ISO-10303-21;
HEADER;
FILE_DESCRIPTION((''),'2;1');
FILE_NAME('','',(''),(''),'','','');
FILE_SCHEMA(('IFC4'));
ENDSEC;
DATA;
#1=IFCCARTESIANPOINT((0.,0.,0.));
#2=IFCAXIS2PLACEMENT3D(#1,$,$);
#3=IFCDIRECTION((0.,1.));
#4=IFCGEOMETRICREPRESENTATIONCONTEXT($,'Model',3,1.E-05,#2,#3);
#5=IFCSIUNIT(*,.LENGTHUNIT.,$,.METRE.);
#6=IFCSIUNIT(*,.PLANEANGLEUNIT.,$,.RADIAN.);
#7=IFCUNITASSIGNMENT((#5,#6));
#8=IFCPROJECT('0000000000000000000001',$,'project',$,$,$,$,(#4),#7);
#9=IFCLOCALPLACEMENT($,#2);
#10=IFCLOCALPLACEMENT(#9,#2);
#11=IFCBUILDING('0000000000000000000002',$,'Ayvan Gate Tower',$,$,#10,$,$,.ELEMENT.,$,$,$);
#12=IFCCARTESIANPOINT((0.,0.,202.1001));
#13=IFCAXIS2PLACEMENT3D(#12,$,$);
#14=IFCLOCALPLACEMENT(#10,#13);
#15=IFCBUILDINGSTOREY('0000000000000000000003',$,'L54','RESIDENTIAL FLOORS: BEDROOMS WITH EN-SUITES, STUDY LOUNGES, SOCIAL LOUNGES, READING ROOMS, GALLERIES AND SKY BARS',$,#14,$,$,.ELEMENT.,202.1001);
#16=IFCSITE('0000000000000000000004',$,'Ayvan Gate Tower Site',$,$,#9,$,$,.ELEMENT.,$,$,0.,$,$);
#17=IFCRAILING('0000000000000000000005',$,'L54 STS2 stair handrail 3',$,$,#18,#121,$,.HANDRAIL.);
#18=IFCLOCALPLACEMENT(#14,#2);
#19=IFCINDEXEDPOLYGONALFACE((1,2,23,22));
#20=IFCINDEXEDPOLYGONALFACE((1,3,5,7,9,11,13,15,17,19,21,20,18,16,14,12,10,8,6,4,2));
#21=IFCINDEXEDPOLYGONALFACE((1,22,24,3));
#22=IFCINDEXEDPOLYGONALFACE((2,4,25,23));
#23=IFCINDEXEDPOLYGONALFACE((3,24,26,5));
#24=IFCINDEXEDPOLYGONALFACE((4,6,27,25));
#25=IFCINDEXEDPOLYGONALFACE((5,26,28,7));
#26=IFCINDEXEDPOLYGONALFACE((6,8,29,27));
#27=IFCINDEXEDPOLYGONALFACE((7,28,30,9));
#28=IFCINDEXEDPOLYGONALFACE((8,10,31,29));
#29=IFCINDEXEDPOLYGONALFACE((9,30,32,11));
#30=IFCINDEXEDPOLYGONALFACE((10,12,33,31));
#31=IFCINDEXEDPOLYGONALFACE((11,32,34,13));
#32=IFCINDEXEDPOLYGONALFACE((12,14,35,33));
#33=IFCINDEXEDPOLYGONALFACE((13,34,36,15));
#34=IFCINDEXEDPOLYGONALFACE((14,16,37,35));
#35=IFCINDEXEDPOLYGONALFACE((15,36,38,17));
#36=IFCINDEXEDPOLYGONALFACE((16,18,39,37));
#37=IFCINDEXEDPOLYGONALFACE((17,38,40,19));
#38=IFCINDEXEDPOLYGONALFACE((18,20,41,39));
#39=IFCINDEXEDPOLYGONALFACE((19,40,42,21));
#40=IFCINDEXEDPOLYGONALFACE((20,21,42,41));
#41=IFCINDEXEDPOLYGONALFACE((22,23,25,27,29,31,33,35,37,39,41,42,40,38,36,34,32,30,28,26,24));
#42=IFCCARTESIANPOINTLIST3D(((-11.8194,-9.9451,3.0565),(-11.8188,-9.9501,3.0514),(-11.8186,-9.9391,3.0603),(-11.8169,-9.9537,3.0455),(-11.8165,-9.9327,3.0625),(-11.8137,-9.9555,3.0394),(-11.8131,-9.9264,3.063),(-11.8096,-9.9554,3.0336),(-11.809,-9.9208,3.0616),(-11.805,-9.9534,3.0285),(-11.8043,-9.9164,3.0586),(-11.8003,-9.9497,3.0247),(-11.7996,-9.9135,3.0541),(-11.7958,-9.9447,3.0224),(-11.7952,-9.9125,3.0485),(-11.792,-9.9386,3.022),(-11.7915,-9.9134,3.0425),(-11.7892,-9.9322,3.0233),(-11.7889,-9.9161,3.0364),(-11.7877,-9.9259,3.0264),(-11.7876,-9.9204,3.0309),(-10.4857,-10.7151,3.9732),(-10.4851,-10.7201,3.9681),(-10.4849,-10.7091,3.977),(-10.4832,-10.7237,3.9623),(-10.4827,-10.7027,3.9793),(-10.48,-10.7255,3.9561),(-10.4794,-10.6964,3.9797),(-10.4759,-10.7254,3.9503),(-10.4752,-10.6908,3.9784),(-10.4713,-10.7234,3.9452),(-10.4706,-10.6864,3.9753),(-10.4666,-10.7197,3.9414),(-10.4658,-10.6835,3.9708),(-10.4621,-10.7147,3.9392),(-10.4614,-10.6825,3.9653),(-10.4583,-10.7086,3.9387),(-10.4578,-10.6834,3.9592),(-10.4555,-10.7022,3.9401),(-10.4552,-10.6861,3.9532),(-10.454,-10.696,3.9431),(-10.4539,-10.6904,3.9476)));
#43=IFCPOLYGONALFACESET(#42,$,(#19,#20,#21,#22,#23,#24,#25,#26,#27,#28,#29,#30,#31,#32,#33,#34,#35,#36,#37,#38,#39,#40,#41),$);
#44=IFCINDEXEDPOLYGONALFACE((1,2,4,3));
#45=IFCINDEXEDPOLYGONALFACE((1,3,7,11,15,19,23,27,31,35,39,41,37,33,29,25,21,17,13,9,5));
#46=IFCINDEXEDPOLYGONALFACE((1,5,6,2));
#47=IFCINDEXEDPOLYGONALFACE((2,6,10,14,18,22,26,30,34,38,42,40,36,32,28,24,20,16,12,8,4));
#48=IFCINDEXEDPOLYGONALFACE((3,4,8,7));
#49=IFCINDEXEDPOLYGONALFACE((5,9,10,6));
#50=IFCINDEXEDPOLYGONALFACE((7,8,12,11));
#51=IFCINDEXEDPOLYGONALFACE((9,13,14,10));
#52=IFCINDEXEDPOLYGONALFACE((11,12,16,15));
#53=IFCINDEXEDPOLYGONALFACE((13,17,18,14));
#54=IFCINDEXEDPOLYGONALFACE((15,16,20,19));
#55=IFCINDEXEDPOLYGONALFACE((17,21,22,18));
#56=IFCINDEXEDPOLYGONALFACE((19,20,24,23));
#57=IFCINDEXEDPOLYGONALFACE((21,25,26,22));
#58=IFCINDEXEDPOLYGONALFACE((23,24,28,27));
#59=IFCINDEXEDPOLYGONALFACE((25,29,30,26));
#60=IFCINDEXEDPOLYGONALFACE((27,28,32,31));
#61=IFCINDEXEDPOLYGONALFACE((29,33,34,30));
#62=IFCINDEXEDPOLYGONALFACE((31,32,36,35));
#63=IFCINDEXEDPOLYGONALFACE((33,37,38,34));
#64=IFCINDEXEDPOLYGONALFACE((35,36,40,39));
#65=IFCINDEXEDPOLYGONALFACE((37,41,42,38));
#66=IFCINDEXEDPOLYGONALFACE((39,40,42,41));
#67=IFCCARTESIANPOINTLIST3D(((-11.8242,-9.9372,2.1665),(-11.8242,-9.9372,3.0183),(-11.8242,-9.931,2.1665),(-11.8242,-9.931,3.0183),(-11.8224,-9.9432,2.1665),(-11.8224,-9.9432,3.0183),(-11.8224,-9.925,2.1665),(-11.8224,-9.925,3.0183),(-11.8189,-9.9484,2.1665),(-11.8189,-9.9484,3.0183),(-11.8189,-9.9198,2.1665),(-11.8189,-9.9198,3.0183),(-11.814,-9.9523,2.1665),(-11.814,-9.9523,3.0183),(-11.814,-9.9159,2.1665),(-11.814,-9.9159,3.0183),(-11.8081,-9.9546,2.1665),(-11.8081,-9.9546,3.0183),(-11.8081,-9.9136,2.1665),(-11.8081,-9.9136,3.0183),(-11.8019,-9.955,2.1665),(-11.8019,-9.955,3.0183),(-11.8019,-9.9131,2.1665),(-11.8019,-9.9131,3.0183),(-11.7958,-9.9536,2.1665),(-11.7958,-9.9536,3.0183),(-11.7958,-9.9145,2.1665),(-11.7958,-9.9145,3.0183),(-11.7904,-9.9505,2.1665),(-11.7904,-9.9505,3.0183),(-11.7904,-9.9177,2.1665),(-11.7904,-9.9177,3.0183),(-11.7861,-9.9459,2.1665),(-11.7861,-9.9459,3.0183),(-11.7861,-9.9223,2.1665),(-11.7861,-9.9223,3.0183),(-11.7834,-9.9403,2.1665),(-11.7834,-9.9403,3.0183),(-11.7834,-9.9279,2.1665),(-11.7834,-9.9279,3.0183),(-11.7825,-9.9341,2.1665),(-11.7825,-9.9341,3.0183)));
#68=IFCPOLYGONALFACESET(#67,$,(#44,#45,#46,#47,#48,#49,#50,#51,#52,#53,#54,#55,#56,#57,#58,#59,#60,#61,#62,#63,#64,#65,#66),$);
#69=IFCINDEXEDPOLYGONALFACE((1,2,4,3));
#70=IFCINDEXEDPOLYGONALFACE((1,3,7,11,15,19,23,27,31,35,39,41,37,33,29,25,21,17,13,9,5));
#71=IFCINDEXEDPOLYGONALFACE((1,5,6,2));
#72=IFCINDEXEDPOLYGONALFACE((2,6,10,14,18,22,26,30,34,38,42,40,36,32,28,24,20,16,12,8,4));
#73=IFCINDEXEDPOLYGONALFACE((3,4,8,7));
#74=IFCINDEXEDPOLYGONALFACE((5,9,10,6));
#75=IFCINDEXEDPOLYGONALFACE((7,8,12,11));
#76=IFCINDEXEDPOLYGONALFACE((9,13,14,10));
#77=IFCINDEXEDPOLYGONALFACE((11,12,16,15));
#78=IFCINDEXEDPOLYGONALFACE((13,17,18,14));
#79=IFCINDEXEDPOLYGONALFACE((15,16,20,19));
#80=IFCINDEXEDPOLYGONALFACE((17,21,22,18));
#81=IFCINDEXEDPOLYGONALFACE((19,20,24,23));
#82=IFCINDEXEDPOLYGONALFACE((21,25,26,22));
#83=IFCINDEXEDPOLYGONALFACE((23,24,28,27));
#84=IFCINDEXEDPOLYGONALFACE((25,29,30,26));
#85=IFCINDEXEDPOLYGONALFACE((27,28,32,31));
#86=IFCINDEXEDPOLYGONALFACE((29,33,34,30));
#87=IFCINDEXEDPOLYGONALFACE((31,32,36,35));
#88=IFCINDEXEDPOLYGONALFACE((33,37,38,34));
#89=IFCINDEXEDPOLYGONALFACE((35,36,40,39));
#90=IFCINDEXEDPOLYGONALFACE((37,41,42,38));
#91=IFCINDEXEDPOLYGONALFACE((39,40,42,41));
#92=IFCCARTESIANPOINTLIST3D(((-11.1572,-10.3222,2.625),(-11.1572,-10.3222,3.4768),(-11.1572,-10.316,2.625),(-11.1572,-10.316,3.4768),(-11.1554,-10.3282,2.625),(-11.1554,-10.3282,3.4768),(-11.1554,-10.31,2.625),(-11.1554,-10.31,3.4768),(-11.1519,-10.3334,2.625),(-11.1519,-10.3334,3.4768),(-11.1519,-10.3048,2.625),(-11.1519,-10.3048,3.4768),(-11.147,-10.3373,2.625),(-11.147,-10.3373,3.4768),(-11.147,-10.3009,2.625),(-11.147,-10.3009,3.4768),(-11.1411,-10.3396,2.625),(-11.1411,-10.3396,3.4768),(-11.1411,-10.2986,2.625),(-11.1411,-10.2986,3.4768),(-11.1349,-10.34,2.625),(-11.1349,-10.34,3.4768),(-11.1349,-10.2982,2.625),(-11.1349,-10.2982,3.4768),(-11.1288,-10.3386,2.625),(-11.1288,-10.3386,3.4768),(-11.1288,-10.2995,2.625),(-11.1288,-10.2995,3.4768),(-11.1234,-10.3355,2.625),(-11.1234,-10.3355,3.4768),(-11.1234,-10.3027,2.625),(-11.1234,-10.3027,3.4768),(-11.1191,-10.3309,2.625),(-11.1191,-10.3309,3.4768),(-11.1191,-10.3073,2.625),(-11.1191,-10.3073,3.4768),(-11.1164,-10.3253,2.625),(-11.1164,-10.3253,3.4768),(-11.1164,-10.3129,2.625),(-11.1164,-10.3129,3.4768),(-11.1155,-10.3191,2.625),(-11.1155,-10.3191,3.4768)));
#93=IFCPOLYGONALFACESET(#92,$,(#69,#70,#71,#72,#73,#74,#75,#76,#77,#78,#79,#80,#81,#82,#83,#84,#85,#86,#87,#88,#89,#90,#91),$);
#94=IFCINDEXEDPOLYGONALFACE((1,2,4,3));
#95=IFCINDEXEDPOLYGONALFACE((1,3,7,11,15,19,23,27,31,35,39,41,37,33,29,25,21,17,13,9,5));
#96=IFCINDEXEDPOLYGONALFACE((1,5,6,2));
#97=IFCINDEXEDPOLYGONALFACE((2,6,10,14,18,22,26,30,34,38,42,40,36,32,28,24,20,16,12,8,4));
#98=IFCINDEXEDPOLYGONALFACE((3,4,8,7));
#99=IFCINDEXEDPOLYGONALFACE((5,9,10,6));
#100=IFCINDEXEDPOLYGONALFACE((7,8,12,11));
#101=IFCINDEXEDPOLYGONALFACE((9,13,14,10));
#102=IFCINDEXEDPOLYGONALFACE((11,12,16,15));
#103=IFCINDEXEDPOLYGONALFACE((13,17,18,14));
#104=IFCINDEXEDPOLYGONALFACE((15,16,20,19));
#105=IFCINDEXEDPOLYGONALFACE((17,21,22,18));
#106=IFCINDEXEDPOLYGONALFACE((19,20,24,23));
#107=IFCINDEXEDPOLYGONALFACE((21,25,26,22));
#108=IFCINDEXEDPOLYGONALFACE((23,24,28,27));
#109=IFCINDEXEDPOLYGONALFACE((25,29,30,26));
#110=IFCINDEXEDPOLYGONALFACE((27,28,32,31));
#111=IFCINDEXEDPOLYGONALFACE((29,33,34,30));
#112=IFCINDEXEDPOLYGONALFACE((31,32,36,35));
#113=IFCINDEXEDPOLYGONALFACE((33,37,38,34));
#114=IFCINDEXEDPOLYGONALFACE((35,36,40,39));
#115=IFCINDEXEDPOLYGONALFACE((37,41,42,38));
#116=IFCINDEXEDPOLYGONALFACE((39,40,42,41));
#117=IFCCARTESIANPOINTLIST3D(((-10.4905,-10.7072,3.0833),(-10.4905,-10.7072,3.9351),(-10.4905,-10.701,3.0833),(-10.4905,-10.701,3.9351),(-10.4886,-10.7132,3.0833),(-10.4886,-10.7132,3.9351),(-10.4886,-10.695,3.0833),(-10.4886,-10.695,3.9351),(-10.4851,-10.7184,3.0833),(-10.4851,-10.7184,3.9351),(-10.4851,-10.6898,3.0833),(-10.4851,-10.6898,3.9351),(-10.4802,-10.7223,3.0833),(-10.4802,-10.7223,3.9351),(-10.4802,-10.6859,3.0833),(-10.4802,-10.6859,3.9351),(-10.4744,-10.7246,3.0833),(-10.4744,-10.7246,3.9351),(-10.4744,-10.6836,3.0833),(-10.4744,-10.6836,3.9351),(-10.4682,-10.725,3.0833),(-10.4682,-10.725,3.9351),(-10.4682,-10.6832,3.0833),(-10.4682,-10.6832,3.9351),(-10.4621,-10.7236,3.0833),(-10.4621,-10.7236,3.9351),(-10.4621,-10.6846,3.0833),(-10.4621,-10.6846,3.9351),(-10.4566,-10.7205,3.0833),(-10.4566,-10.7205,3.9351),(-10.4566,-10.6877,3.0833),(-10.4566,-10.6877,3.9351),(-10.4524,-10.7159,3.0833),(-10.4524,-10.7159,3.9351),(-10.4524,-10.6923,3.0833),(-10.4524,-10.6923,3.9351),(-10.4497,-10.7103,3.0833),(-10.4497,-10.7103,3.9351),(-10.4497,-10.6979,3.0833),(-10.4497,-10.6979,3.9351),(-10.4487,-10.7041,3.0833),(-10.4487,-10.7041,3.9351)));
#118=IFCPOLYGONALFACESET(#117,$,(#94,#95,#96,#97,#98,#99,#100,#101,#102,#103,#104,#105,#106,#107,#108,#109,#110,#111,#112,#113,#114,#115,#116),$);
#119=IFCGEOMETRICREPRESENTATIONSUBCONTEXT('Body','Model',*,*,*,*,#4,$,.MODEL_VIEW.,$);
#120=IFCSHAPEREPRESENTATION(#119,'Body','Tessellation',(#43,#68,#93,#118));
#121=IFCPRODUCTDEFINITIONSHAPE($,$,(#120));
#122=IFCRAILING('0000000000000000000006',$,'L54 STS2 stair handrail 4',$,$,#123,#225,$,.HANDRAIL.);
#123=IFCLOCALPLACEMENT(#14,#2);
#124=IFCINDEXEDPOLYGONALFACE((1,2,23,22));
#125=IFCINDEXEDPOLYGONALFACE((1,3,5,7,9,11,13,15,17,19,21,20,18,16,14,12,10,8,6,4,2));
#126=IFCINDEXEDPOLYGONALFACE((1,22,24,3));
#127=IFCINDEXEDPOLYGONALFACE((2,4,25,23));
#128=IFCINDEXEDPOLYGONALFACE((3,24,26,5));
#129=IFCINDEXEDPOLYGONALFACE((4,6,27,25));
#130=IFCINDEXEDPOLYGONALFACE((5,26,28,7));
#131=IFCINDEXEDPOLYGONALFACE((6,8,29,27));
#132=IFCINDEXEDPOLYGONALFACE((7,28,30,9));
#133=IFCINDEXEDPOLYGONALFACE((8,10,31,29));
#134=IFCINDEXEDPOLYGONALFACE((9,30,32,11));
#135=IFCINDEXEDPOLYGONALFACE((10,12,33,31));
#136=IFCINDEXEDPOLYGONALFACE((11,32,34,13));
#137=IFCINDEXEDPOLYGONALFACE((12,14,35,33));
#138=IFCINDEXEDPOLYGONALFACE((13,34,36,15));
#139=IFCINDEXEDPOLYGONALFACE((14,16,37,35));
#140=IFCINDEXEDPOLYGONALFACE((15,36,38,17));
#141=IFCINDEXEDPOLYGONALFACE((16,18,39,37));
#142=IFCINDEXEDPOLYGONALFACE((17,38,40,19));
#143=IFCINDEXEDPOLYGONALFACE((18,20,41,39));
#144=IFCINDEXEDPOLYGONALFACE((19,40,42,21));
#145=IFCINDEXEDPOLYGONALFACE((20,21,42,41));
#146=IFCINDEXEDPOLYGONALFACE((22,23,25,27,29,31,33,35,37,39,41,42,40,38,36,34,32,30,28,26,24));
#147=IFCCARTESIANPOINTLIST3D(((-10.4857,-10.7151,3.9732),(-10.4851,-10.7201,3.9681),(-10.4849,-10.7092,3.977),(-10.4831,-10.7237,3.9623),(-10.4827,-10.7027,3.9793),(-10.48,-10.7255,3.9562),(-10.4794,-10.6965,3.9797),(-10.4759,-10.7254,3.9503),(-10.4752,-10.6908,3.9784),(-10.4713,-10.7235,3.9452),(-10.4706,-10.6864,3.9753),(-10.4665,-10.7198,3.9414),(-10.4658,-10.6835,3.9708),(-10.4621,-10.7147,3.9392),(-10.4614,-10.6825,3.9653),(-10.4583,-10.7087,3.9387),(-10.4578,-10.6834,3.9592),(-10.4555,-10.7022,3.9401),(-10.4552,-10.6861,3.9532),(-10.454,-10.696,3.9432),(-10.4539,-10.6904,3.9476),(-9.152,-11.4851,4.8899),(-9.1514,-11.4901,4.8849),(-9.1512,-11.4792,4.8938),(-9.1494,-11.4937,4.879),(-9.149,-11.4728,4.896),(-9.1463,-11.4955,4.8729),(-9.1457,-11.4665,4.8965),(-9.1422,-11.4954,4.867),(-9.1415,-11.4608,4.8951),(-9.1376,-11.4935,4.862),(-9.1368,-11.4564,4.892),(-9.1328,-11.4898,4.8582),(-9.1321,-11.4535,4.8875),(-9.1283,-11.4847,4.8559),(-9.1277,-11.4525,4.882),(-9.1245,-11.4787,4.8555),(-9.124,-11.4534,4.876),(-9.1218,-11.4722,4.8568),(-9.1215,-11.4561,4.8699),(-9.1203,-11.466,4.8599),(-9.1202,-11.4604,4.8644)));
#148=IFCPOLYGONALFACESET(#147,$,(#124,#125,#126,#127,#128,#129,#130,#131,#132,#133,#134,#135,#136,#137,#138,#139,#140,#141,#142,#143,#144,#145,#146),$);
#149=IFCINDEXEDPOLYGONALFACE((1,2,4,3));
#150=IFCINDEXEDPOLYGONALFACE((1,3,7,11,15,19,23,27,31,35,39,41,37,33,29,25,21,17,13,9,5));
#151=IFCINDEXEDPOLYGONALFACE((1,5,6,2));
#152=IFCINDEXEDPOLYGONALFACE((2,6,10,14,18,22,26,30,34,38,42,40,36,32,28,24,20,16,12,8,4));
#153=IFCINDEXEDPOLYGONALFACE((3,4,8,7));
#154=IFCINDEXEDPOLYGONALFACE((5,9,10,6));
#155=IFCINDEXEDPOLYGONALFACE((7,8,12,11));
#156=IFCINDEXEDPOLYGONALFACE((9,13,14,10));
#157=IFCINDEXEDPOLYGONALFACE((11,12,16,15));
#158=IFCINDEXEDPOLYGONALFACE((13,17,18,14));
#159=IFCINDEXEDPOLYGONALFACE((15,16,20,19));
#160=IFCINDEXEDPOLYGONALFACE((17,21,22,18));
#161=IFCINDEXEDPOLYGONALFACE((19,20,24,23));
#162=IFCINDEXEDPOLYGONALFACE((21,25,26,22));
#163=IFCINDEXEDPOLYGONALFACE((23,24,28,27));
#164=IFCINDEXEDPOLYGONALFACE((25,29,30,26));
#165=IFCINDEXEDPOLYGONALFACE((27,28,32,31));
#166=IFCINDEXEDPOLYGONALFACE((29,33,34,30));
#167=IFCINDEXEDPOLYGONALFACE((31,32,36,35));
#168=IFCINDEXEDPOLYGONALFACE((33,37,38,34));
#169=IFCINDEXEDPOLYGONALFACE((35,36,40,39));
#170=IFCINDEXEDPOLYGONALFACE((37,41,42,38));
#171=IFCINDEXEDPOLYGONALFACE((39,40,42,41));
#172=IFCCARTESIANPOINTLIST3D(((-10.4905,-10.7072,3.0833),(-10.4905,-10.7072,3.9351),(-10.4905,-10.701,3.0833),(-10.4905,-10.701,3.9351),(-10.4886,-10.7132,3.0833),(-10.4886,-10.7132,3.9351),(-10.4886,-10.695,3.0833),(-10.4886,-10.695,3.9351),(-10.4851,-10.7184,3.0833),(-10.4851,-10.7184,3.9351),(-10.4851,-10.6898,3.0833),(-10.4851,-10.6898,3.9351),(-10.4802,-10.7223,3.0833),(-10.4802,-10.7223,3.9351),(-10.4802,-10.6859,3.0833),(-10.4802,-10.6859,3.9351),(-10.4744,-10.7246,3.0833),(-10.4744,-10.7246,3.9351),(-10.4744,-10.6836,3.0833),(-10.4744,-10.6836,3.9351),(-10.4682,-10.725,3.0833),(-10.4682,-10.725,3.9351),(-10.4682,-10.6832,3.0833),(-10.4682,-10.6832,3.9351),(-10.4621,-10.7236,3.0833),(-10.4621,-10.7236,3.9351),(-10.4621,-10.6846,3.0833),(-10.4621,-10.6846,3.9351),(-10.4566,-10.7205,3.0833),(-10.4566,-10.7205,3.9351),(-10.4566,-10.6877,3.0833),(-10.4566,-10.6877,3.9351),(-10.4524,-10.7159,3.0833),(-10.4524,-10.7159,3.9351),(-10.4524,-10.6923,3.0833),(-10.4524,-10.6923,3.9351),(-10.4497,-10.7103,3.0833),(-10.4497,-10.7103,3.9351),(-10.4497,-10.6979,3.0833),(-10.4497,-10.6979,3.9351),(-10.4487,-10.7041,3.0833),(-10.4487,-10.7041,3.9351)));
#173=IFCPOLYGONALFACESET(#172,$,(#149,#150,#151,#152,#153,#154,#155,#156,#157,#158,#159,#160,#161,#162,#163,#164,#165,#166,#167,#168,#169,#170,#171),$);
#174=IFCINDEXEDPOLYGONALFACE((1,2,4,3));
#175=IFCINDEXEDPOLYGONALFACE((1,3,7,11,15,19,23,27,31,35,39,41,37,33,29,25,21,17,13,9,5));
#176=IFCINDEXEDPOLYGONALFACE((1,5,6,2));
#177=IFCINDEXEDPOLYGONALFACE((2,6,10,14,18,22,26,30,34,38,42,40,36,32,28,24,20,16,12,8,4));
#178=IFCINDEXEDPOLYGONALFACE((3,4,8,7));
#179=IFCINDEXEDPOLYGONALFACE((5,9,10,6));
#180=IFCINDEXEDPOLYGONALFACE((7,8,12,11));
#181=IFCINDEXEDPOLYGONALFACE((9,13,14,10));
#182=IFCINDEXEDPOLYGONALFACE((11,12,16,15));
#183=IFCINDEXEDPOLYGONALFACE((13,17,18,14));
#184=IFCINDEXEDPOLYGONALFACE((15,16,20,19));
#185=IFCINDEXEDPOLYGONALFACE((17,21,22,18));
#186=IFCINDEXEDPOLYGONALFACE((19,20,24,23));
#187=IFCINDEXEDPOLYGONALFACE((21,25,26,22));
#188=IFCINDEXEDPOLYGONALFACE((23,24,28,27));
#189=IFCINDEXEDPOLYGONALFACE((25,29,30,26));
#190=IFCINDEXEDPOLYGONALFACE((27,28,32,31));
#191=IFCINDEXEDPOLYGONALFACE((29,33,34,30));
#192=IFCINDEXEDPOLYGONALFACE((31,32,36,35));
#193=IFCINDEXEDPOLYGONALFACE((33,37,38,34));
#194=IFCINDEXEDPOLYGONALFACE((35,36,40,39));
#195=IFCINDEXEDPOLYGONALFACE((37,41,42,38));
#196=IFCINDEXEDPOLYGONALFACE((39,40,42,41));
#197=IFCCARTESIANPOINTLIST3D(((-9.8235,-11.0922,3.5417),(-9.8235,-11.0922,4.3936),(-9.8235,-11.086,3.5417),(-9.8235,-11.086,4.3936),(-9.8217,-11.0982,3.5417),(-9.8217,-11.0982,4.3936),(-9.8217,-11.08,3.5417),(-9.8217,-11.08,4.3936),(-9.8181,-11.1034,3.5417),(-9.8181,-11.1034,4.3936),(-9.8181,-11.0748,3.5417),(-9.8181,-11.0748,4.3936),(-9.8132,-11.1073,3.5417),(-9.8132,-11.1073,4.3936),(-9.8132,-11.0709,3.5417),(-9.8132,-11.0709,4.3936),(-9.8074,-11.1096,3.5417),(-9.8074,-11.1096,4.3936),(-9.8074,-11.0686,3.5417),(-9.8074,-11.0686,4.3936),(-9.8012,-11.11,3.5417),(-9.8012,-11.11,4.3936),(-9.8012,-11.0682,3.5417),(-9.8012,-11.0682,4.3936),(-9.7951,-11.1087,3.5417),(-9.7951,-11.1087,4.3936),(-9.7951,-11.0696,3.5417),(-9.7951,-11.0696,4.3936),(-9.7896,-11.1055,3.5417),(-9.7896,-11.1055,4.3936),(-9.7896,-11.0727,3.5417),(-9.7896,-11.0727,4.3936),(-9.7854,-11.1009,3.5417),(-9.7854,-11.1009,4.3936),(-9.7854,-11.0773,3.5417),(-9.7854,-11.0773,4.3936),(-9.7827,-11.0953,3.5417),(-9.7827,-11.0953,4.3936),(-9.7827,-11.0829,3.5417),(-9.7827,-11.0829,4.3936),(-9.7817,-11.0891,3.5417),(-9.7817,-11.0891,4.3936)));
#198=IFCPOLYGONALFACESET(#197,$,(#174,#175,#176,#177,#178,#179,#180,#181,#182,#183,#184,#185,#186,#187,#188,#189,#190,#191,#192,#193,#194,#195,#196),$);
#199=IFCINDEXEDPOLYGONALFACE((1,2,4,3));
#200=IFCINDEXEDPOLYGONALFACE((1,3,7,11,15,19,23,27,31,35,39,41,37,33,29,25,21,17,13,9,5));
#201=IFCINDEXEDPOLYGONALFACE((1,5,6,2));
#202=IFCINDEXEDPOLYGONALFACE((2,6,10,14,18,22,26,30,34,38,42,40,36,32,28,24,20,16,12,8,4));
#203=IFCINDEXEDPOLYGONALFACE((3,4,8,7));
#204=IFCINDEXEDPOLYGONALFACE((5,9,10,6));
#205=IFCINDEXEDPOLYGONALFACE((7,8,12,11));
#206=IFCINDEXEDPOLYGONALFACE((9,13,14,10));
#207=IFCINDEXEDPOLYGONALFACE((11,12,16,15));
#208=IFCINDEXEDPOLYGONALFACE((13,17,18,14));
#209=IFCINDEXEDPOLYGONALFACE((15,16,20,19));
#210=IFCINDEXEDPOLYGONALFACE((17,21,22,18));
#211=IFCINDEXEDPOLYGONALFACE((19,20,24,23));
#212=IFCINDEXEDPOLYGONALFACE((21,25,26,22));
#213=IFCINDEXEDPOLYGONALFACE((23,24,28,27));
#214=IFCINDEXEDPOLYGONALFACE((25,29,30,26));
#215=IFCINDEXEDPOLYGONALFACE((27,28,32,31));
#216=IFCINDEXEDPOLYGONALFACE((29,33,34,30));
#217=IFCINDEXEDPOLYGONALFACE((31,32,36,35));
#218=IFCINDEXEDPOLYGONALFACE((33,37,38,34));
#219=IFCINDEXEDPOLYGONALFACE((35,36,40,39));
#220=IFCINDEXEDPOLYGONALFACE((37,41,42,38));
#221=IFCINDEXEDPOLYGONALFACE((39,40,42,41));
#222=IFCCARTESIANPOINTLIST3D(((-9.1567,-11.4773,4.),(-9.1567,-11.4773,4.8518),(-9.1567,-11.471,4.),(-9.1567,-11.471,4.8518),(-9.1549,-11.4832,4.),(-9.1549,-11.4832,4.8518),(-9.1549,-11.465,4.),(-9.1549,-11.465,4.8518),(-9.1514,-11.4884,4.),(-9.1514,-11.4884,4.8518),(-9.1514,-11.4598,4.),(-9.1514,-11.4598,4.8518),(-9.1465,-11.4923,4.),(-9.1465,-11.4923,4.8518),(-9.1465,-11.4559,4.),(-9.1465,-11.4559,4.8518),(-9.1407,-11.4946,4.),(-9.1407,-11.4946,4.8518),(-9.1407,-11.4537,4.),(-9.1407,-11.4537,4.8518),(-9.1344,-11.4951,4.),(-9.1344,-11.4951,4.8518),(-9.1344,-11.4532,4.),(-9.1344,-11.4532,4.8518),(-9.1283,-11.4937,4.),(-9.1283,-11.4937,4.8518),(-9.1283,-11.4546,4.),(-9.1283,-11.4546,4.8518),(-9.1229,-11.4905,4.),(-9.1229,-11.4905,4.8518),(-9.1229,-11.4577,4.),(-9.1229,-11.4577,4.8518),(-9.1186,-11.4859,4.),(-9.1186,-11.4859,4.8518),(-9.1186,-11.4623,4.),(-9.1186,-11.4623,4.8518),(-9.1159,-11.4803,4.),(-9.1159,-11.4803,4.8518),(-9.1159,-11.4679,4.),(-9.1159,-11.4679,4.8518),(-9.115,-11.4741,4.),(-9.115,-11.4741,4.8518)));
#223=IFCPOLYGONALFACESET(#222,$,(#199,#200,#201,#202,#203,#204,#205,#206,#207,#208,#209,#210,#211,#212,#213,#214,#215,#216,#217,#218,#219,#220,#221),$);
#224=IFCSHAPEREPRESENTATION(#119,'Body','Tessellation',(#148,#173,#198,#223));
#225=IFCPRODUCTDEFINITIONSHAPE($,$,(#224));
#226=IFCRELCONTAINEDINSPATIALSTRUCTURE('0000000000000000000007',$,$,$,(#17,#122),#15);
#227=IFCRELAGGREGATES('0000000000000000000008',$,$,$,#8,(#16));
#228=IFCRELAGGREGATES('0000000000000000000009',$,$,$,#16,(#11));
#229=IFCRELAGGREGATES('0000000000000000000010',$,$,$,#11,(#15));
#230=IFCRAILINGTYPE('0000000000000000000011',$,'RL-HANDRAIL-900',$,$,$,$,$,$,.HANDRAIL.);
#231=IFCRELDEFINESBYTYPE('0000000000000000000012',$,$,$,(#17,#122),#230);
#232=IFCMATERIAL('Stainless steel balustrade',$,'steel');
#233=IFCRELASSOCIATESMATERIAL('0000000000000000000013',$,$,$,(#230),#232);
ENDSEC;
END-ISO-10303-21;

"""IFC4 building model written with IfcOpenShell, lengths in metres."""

from ifc_helpers import new_model, si_unit, direction, frame, origin, origin_2d, place, context, subcontext, project, spatial, circle, extrude, material, type_object, element, save


model = new_model("IFC4")

# Units and contexts
model_context = context("Model", 3, precision=1e-05, world=origin(), true_north=direction((0.0, 1.0)))
body_context = subcontext(model_context, "Body", "Model", "MODEL_VIEW")
ifc_project = project(units=[si_unit("LENGTHUNIT", "METRE"), si_unit("PLANEANGLEUNIT", "RADIAN")], contexts=[model_context])

# Site, building, storey
site_placement = place(None, origin())
site = spatial("IfcSite", under=ifc_project, at=site_placement, Name="Ayvan Gate Tower Site", CompositionType="ELEMENT", RefElevation=0.0)
building_placement = place(site_placement, origin())
building = spatial("IfcBuilding", under=site, at=building_placement, Name="Ayvan Gate Tower", CompositionType="ELEMENT")
storey_placement = place(building_placement, frame((0.0, 0.0, 202.1001)))
storey = spatial("IfcBuildingStorey", under=building, at=storey_placement, Name="L54", Description="RESIDENTIAL FLOORS: BEDROOMS WITH EN-SUITES, STUDY LOUNGES, SOCIAL LOUNGES, READING ROOMS, GALLERIES AND SKY BARS", CompositionType="ELEMENT", Elevation=202.1001)

# Railings
ifc_material_1 = material(Name="Stainless steel balustrade", Category="steel")
railing_type_1 = type_object("IfcRailingType", Name="RL-HANDRAIL-900", PredefinedType="HANDRAIL", material=ifc_material_1)
for number, where, name in (
    (1, (-11.8035, -9.9341, 2.1665), "L54 STS2 stair handrail 3"),
    (2, (-10.4697, -10.7041, 3.0833), "L54 STS2 stair handrail 4"),
):
    element("IfcRailing", number, at=place(storey_placement, frame(where)), inside=storey, type_object=railing_type_1, Name=name, PredefinedType="HANDRAIL", context=body_context, shape_type="SweptSolid", body=[
        extrude(circle(Radius=0.0239, at=origin_2d()), frame((0.0, 0.0, 0.876), z_axis=(0.744164, -0.429634, 0.511502), x_axis=(0.499992, 0.86603, 0.0)), (0.0, 0.0, 1.0), 1.7922),
        extrude(circle(Radius=0.021, at=origin_2d()), origin(), (0.0, 0.0, 1.0), 0.8518),
        extrude(circle(Radius=0.021, at=origin_2d()), frame((0.667, -0.385, 0.4585)), (0.0, 0.0, 1.0), 0.8518),
        extrude(circle(Radius=0.021, at=origin_2d()), frame((1.3337, -0.77, 0.9167)), (0.0, 0.0, 1.0), 0.8518),
    ])

save(model, "model.ifc")
